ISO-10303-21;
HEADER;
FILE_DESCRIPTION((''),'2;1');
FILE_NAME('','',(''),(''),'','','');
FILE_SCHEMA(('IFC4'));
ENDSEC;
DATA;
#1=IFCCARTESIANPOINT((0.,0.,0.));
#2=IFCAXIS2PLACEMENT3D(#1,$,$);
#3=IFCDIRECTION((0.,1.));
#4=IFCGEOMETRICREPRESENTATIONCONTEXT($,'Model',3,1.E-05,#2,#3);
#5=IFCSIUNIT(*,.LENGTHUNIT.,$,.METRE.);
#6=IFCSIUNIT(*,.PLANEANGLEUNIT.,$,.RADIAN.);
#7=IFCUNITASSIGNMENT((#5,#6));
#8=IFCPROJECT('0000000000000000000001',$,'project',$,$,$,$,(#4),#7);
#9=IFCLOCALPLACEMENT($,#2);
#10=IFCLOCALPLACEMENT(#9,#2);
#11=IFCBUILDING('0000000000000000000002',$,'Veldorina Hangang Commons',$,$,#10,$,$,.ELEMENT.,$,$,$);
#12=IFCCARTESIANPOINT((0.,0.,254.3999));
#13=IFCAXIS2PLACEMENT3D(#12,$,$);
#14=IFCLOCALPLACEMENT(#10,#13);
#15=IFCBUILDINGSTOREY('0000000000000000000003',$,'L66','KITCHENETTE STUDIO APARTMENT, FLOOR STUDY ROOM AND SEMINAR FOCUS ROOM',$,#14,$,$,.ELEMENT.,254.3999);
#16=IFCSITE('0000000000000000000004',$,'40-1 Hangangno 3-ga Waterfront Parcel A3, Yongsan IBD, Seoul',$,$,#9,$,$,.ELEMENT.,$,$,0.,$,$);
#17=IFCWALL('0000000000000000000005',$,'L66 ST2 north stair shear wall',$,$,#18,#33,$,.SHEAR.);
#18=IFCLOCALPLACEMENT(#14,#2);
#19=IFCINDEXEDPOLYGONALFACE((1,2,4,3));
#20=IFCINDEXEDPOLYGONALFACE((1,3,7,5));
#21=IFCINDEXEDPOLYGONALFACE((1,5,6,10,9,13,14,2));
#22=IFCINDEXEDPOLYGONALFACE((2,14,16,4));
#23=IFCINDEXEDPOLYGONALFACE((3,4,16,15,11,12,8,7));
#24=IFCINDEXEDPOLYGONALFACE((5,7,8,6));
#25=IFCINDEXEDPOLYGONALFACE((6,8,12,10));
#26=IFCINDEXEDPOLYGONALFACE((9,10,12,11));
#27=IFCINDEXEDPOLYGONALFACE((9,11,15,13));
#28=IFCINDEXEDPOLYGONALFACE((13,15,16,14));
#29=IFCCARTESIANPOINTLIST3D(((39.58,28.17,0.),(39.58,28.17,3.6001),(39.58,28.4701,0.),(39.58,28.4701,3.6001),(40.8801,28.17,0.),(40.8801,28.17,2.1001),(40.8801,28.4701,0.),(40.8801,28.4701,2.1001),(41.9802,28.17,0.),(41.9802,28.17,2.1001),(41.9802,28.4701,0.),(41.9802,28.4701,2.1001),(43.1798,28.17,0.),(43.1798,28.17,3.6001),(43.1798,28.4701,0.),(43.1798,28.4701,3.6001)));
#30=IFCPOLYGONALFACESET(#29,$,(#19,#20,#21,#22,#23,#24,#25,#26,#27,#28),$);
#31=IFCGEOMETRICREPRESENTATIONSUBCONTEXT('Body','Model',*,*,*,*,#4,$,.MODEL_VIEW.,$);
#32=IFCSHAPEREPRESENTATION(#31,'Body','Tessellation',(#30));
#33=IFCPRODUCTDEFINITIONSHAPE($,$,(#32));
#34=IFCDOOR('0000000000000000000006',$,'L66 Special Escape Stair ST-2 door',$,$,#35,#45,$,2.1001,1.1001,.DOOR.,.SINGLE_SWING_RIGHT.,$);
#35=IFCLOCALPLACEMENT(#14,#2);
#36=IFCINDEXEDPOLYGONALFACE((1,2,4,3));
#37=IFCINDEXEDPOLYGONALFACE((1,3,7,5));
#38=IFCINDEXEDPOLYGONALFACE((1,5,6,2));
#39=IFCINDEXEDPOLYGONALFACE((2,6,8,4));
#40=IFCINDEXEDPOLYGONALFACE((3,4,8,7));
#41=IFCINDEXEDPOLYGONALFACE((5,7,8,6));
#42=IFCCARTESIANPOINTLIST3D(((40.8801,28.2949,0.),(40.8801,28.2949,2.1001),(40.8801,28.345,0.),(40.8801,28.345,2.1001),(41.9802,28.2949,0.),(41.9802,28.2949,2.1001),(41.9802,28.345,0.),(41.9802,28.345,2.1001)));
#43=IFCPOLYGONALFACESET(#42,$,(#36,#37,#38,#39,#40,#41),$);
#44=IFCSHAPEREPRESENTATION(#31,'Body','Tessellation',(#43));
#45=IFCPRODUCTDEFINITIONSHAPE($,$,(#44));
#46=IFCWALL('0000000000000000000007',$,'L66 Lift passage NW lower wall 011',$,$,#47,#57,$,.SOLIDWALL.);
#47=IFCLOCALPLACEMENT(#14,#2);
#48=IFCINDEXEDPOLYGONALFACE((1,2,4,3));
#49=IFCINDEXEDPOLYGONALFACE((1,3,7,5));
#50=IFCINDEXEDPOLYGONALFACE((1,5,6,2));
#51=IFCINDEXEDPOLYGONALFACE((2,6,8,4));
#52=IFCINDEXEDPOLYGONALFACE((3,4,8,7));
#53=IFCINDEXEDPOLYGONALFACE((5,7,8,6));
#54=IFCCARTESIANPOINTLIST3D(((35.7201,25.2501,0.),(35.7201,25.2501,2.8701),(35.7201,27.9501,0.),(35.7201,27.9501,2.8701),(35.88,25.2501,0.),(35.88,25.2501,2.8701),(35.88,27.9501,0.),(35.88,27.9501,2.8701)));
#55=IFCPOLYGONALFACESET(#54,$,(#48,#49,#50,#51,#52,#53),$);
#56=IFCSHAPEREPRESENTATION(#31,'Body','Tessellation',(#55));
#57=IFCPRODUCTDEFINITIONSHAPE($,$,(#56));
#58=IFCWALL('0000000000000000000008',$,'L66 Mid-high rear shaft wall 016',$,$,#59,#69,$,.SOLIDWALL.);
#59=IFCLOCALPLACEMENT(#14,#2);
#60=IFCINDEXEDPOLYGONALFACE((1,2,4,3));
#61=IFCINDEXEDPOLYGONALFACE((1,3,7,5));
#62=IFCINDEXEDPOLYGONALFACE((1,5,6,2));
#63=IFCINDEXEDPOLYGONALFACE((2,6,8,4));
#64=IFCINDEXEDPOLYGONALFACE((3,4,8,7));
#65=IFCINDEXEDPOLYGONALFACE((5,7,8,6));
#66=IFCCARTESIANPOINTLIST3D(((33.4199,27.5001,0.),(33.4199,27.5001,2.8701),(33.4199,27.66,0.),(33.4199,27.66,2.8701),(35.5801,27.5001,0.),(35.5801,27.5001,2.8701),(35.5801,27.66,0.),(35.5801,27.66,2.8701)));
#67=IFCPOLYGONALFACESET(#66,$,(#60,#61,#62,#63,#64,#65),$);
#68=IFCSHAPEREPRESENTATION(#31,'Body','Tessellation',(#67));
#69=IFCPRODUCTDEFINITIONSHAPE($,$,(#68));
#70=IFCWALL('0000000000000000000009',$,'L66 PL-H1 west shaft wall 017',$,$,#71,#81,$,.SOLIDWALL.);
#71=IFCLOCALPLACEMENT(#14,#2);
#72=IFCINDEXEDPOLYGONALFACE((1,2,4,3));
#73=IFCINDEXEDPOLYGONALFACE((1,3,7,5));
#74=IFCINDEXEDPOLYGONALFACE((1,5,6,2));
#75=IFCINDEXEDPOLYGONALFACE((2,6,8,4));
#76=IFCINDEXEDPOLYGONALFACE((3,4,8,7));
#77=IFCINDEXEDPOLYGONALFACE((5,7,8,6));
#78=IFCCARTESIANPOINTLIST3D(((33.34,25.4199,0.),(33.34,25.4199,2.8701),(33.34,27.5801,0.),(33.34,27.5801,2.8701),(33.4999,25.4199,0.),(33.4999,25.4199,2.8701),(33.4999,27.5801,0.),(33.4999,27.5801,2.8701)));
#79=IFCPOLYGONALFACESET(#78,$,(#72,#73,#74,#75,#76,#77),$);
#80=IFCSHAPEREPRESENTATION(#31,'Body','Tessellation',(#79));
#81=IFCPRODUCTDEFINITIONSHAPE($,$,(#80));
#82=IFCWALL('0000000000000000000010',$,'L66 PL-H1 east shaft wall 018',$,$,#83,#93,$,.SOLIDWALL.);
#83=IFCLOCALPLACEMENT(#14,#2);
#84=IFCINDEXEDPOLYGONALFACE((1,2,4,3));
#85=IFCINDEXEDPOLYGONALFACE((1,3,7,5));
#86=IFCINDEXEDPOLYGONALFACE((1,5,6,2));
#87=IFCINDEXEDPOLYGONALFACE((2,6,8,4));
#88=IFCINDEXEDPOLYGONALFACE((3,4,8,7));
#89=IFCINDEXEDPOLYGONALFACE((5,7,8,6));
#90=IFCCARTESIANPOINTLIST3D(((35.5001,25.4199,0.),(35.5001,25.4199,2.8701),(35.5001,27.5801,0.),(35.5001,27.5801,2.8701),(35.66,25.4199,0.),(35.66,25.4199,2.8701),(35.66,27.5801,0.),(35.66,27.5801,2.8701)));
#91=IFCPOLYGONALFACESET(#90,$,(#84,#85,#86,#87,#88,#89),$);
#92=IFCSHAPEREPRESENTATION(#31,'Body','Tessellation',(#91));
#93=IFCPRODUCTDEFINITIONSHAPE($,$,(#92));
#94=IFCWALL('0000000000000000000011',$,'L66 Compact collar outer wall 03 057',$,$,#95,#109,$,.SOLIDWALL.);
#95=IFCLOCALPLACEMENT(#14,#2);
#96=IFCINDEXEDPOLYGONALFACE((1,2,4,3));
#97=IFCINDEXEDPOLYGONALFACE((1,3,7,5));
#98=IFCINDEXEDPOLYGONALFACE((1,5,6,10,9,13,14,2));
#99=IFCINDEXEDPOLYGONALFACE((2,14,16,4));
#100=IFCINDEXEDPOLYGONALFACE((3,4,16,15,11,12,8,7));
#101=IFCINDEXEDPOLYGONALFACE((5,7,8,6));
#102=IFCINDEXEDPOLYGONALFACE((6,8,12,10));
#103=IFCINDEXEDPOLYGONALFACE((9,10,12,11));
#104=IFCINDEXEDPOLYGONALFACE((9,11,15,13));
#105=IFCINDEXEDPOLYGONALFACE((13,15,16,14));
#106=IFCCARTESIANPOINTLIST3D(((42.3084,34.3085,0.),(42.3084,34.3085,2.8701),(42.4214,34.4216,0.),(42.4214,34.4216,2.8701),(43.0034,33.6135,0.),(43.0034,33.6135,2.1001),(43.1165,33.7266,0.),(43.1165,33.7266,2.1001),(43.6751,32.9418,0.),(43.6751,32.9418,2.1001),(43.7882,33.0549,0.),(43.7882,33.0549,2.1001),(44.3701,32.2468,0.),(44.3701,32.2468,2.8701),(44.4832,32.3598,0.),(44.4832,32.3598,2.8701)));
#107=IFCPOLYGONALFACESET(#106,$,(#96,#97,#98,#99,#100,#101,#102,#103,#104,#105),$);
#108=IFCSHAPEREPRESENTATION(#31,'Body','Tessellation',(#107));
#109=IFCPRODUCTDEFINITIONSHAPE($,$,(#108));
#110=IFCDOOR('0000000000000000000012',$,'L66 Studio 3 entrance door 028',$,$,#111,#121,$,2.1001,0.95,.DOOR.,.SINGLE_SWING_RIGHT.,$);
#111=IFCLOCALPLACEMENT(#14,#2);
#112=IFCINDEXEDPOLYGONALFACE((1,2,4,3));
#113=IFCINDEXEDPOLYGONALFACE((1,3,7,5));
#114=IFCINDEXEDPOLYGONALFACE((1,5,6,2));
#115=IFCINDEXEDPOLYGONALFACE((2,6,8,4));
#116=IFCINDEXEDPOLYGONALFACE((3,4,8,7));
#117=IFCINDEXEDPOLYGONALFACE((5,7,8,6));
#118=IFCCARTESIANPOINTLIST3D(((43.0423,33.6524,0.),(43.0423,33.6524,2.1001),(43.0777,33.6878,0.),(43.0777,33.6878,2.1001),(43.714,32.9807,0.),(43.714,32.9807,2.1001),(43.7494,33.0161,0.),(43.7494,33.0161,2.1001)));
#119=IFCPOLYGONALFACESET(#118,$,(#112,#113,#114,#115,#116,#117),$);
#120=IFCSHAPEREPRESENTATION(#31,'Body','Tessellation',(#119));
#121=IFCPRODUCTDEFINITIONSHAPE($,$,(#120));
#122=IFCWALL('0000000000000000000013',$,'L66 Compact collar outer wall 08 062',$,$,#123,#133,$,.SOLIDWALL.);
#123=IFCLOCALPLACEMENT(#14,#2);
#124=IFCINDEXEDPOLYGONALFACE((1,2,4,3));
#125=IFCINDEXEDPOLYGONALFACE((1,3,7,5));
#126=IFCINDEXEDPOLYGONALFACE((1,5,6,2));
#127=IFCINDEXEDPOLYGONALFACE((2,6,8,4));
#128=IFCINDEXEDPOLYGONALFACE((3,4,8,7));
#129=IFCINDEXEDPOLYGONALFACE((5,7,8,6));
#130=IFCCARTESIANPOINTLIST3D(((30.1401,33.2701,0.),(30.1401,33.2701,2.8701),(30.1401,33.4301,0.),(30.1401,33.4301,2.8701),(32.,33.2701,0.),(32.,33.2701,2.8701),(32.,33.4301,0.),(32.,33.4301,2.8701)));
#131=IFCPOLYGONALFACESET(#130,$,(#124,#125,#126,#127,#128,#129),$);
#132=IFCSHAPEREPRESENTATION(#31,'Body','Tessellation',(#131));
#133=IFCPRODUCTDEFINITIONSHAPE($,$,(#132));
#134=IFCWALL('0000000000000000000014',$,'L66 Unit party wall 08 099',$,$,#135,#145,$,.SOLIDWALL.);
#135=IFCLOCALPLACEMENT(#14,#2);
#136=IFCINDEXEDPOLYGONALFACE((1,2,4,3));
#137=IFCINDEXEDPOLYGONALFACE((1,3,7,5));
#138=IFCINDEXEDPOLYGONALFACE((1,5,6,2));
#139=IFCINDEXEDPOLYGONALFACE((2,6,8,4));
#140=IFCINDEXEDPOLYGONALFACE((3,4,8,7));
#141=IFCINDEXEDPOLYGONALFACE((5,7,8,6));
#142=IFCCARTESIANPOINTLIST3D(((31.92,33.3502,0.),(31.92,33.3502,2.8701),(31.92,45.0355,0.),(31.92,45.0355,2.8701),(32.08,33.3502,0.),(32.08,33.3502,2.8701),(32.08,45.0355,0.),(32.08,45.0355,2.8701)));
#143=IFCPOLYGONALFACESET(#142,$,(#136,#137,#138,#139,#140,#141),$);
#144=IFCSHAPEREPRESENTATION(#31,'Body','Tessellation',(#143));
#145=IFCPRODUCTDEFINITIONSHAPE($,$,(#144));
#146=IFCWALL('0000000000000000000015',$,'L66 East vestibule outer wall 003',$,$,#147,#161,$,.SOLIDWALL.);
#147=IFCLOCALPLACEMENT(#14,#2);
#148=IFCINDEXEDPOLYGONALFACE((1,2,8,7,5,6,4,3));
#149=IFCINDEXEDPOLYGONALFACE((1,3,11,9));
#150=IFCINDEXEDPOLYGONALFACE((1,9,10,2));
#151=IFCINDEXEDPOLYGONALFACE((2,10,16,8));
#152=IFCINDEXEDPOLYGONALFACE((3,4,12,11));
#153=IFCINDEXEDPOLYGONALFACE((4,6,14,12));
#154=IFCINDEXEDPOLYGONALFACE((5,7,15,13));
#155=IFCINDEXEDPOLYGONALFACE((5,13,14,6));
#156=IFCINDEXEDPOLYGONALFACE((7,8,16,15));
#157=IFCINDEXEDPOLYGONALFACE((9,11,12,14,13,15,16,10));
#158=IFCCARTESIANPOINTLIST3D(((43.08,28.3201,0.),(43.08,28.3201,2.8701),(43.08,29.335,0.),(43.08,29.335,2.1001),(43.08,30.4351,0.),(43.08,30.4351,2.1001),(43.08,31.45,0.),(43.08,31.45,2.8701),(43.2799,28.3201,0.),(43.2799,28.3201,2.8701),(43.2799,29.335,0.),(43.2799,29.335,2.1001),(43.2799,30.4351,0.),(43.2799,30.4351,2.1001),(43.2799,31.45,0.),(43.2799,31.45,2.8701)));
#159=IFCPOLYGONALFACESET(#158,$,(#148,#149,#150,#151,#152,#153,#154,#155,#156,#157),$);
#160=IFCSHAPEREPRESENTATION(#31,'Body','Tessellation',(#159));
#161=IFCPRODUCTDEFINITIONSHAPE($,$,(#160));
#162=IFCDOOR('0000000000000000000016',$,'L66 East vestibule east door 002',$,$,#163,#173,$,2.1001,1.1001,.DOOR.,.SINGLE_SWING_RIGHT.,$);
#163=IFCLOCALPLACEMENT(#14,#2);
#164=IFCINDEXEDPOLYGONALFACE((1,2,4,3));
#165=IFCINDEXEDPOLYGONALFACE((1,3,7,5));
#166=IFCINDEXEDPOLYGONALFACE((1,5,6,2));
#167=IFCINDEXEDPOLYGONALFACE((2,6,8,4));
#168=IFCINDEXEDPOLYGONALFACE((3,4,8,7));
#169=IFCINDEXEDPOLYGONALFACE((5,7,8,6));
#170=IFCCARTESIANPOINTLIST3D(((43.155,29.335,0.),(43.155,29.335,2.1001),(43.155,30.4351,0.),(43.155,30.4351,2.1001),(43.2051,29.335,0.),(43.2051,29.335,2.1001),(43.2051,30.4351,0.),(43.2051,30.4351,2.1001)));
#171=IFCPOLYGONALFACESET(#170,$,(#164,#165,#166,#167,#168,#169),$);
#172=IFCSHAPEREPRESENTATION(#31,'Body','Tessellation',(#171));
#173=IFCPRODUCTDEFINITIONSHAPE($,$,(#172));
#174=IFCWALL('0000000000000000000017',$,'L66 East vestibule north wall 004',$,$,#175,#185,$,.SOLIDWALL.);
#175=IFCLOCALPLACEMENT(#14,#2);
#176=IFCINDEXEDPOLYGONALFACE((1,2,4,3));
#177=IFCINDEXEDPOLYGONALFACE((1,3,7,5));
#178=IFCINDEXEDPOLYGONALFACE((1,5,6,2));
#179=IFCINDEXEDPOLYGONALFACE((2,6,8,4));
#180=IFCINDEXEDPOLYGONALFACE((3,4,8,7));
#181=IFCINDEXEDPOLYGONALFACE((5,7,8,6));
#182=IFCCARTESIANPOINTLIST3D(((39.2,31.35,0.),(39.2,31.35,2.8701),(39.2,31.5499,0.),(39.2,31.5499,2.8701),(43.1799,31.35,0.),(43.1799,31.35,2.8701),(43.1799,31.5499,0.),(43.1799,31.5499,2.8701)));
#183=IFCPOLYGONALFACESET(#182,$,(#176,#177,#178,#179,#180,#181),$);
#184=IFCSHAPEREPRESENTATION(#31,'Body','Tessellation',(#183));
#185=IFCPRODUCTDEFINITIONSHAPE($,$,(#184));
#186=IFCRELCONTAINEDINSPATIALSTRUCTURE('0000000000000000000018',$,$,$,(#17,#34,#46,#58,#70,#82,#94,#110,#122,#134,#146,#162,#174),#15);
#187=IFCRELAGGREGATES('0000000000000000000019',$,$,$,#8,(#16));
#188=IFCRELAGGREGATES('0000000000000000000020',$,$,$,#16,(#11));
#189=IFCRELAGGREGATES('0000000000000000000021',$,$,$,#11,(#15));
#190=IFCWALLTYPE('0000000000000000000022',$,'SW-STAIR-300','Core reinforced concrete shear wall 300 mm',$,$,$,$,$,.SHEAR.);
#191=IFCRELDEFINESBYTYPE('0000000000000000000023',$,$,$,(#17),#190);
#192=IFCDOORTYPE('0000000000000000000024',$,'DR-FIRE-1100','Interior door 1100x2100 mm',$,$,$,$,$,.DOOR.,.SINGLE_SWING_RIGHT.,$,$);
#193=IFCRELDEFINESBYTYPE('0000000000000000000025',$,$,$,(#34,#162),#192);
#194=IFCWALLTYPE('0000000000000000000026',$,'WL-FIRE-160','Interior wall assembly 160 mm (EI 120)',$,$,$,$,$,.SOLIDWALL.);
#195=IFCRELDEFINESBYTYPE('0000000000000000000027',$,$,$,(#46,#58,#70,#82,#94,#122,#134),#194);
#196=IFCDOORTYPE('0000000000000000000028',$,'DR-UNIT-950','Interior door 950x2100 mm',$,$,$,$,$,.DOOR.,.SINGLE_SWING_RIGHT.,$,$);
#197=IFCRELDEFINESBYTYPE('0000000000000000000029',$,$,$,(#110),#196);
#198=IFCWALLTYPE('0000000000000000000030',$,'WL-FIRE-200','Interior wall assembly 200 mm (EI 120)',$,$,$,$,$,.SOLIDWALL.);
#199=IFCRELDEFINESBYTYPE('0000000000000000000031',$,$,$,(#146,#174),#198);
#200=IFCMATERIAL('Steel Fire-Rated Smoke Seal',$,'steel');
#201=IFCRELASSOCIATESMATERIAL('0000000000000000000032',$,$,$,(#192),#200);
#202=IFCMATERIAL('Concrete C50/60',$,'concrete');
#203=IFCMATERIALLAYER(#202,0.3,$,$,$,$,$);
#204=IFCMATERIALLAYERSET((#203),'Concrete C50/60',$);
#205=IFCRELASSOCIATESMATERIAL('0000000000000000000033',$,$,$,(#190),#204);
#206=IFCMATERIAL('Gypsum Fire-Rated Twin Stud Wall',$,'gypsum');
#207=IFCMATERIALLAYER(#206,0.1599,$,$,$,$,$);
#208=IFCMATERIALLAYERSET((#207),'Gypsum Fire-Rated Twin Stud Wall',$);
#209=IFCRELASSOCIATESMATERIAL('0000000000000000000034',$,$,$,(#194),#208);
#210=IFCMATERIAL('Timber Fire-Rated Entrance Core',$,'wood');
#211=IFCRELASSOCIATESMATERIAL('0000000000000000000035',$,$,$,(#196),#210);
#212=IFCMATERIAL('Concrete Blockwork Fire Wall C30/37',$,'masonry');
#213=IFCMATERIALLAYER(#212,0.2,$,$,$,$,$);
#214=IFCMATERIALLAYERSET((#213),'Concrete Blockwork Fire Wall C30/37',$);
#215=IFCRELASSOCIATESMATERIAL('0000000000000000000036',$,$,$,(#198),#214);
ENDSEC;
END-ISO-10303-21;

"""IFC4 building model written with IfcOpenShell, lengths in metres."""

from ifc_helpers import new_model, si_unit, direction, frame, frame_2d, origin, place, context, subcontext, project, spatial, rectangle, extrude, material, layer, layer_set, type_object, element, fill, save


model = new_model("IFC4")

# Units and contexts
model_context = context("Model", 3, precision=1e-05, world=origin(), true_north=direction((0.0, 1.0)))
body_context = subcontext(model_context, "Body", "Model", "MODEL_VIEW")
ifc_project = project(units=[si_unit("LENGTHUNIT", "METRE"), si_unit("PLANEANGLEUNIT", "RADIAN")], contexts=[model_context])

# Site, building, storey
site_placement = place(None, origin())
site = spatial("IfcSite", under=ifc_project, at=site_placement, Name="40-1 Hangangno 3-ga Waterfront Parcel A3, Yongsan IBD, Seoul", CompositionType="ELEMENT", RefElevation=0.0)
building_placement = place(site_placement, origin())
building = spatial("IfcBuilding", under=site, at=building_placement, Name="Veldorina Hangang Commons", CompositionType="ELEMENT")
storey_placement = place(building_placement, frame((0.0, 0.0, 254.3999)))
storey = spatial("IfcBuildingStorey", under=building, at=storey_placement, Name="L66", Description="KITCHENETTE STUDIO APARTMENT, FLOOR STUDY ROOM AND SEMINAR FOCUS ROOM", CompositionType="ELEMENT", Elevation=254.3999)

# Shared definitions
ifc_material_1 = material(Name="Concrete C50/60", Category="concrete")

# Wall, opening, door
ifc_material_2 = material(Name="Steel Fire-Rated Smoke Seal", Category="steel")
door_type_1 = type_object("IfcDoorType", Name="DR-FIRE-1100", Description="Interior door 1100x2100 mm", OperationType="SINGLE_SWING_RIGHT", PredefinedType="DOOR", material=ifc_material_2)
ifc_layer_1 = layer(ifc_material_1, 0.3)
ifc_layer_set_1 = layer_set([ifc_layer_1], Name="Concrete C50/60")
wall_type_1 = type_object("IfcWallType", Name="SW-STAIR-300", Description="Core reinforced concrete shear wall 300 mm", PredefinedType="SHEAR", material=ifc_layer_set_1)
wall_1_placement = place(storey_placement, frame((39.5801, 28.3201, 0.0), z_axis=(0.0, 0.0, 1.0), x_axis=(1.0, 0.0, 0.0)))
wall_1 = element("IfcWall", 1, at=wall_1_placement, inside=storey, type_object=wall_type_1, Name="L66 ST2 north stair shear wall", PredefinedType="SHEAR", context=body_context, shape_type="SweptSolid", body=[
    extrude(rectangle(XDim=3.5999, YDim=0.3, at=frame_2d((1.7998, 0.0))), origin(), (0.0, 0.0, 1.0), 3.6001),
])
opening_1_placement = place(wall_1_placement, frame((1.3, 0.0, 0.0)))
opening_1 = element("IfcOpeningElement", 2, at=opening_1_placement, cuts=wall_1, PredefinedType="OPENING", context=body_context, shape_type="SweptSolid", body=[
    extrude(rectangle(XDim=1.1001, YDim=2.1001, at=frame_2d((0.55, 1.05))), frame((0.0, 0.1602, 0.0), z_axis=(0.0, -1.0, 0.0), x_axis=(1.0, 0.0, 0.0)), (0.0, 0.0, 1.0), 0.3201),
])
door_1_placement = place(opening_1_placement, origin())
door_1 = element("IfcDoor", 3, at=door_1_placement, inside=storey, type_object=door_type_1, Name="L66 Special Escape Stair ST-2 door", OperationType="SINGLE_SWING_RIGHT", OverallHeight=2.1001, OverallWidth=1.1001, PredefinedType="DOOR", context=body_context, shape_type="SweptSolid", body=[
    extrude(rectangle(XDim=1.1001, YDim=2.1001, at=frame_2d((0.55, 1.05))), frame((0.0, 0.0249, 0.0), z_axis=(0.0, -1.0, 0.0), x_axis=(1.0, 0.0, 0.0)), (0.0, 0.0, 1.0), 0.05),
])
fill(opening_1, door_1)

# Wall
ifc_material_3 = material(Name="Gypsum Fire-Rated Twin Stud Wall", Category="gypsum")
ifc_layer_2 = layer(ifc_material_3, 0.1599)
ifc_layer_set_2 = layer_set([ifc_layer_2], Name="Gypsum Fire-Rated Twin Stud Wall")
wall_type_2 = type_object("IfcWallType", Name="WL-FIRE-160", Description="Interior wall assembly 160 mm (EI 120)", PredefinedType="SOLIDWALL", material=ifc_layer_set_2)
wall_2_placement = place(storey_placement, frame((35.8, 25.25, 0.0), z_axis=(0.0, 0.0, 1.0), x_axis=(0.0, 1.0, 0.0)))
element("IfcWall", 4, at=wall_2_placement, inside=storey, type_object=wall_type_2, Name="L66 Lift passage NW lower wall 011", PredefinedType="SOLIDWALL", context=body_context, shape_type="SweptSolid", body=[
    extrude(rectangle(XDim=2.7, YDim=0.1599, at=frame_2d((1.3501, 0.0))), origin(), (0.0, 0.0, 1.0), 2.8701),
])

# Walls
for number, where, z_axis, x_axis, name in (
    (5, (33.4199, 27.5801, 0.0), (0.0, 0.0, 1.0), (1.0, 0.0, 0.0), "L66 Mid-high rear shaft wall 016"),
    (6, (33.4199, 25.4199, 0.0), (0.0, 0.0, 1.0), (0.0, 1.0, 0.0), "L66 PL-H1 west shaft wall 017"),
    (7, (35.5801, 25.4199, 0.0), (0.0, 0.0, 1.0), (0.0, 1.0, 0.0), "L66 PL-H1 east shaft wall 018"),
):
    element("IfcWall", number, at=place(storey_placement, frame(where, z_axis=z_axis, x_axis=x_axis)), inside=storey, type_object=wall_type_2, Name=name, PredefinedType="SOLIDWALL", context=body_context, shape_type="SweptSolid", body=[
        extrude(rectangle(XDim=2.1602, YDim=0.1599, at=frame_2d((1.0801, 0.0))), origin(), (0.0, 0.0, 1.0), 2.8701),
    ])

# Wall, opening, door
wall_3_placement = place(storey_placement, frame((44.4268, 32.3032, 0.0), z_axis=(0.0, 0.0, 1.0), x_axis=(-0.707107, 0.707107, 0.0)))
wall_3 = element("IfcWall", 8, at=wall_3_placement, inside=storey, type_object=wall_type_2, Name="L66 Compact collar outer wall 03 057", PredefinedType="SOLIDWALL", context=body_context, shape_type="SweptSolid", body=[
    extrude(rectangle(XDim=2.9158, YDim=0.1599, at=frame_2d((1.458, 0.0))), origin(), (0.0, 0.0, 1.0), 2.8701),
])
opening_2_placement = place(wall_3_placement, frame((0.9829, 0.0, 0.0)))
opening_2 = element("IfcOpeningElement", 9, at=opening_2_placement, cuts=wall_3, PredefinedType="OPENING", context=body_context, shape_type="SweptSolid", body=[
    extrude(rectangle(XDim=0.95, YDim=2.1001, at=frame_2d((0.4751, 1.05))), frame((0.0, 0.0898, 0.0), z_axis=(0.0, -1.0, 0.0), x_axis=(1.0, 0.0, 0.0)), (0.0, 0.0, 1.0), 0.1799),
])
ifc_material_4 = material(Name="Timber Fire-Rated Entrance Core", Category="wood")
door_type_2 = type_object("IfcDoorType", Name="DR-UNIT-950", Description="Interior door 950x2100 mm", OperationType="SINGLE_SWING_RIGHT", PredefinedType="DOOR", material=ifc_material_4)
door_2_placement = place(opening_2_placement, origin())
door_2 = element("IfcDoor", 10, at=door_2_placement, inside=storey, type_object=door_type_2, Name="L66 Studio 3 entrance door 028", OperationType="SINGLE_SWING_RIGHT", OverallHeight=2.1001, OverallWidth=0.95, PredefinedType="DOOR", context=body_context, shape_type="SweptSolid", body=[
    extrude(rectangle(XDim=0.95, YDim=2.1001, at=frame_2d((0.4751, 1.05))), frame((0.0, 0.0249, 0.0), z_axis=(0.0, -1.0, 0.0), x_axis=(1.0, 0.0, 0.0)), (0.0, 0.0, 1.0), 0.05),
])
fill(opening_2, door_2)

# Walls
wall_4_placement = place(storey_placement, frame((32.0, 33.3501, 0.0), z_axis=(0.0, 0.0, 1.0), x_axis=(-1.0, 0.0, 0.0)))
element("IfcWall", 11, at=wall_4_placement, inside=storey, type_object=wall_type_2, Name="L66 Compact collar outer wall 08 062", PredefinedType="SOLIDWALL", context=body_context, shape_type="SweptSolid", body=[
    extrude(rectangle(XDim=1.8599, YDim=0.1599, at=frame_2d((0.9299, 0.0))), origin(), (0.0, 0.0, 1.0), 2.8701),
])
wall_5_placement = place(storey_placement, frame((32.0, 33.3501, 0.0), z_axis=(0.0, 0.0, 1.0), x_axis=(0.0, 1.0, 0.0)))
element("IfcWall", 12, at=wall_5_placement, inside=storey, type_object=wall_type_2, Name="L66 Unit party wall 08 099", PredefinedType="SOLIDWALL", context=body_context, shape_type="SweptSolid", body=[
    extrude(rectangle(XDim=11.6853, YDim=0.1599, at=frame_2d((5.8428, 0.0))), origin(), (0.0, 0.0, 1.0), 2.8701),
])

# Wall, opening, door
ifc_material_5 = material(Name="Concrete Blockwork Fire Wall C30/37", Category="masonry")
ifc_layer_3 = layer(ifc_material_5, 0.2)
ifc_layer_set_3 = layer_set([ifc_layer_3], Name="Concrete Blockwork Fire Wall C30/37")
wall_type_3 = type_object("IfcWallType", Name="WL-FIRE-200", Description="Interior wall assembly 200 mm (EI 120)", PredefinedType="SOLIDWALL", material=ifc_layer_set_3)
wall_6_placement = place(storey_placement, frame((43.1799, 28.3201, 0.0), z_axis=(0.0, 0.0, 1.0), x_axis=(0.0, 1.0, 0.0)))
wall_6 = element("IfcWall", 13, at=wall_6_placement, inside=storey, type_object=wall_type_3, Name="L66 East vestibule outer wall 003", PredefinedType="SOLIDWALL", context=body_context, shape_type="SweptSolid", body=[
    extrude(rectangle(XDim=3.1299, YDim=0.2, at=frame_2d((1.5649, 0.0))), origin(), (0.0, 0.0, 1.0), 2.8701),
])
opening_3_placement = place(wall_6_placement, frame((1.0149, 0.0, 0.0)))
opening_3 = element("IfcOpeningElement", 14, at=opening_3_placement, cuts=wall_6, PredefinedType="OPENING", context=body_context, shape_type="SweptSolid", body=[
    extrude(rectangle(XDim=1.1001, YDim=2.1001, at=frame_2d((0.55, 1.05))), frame((0.0, 0.1099, 0.0), z_axis=(0.0, -1.0, 0.0), x_axis=(1.0, 0.0, 0.0)), (0.0, 0.0, 1.0), 0.22),
])
door_3_placement = place(opening_3_placement, origin())
door_3 = element("IfcDoor", 15, at=door_3_placement, inside=storey, type_object=door_type_1, Name="L66 East vestibule east door 002", OperationType="SINGLE_SWING_RIGHT", OverallHeight=2.1001, OverallWidth=1.1001, PredefinedType="DOOR", context=body_context, shape_type="SweptSolid", body=[
    extrude(rectangle(XDim=1.1001, YDim=2.1001, at=frame_2d((0.55, 1.05))), frame((0.0, 0.0249, 0.0), z_axis=(0.0, -1.0, 0.0), x_axis=(1.0, 0.0, 0.0)), (0.0, 0.0, 1.0), 0.05),
])
fill(opening_3, door_3)

# Wall
wall_7_placement = place(storey_placement, frame((39.2, 31.45, 0.0), z_axis=(0.0, 0.0, 1.0), x_axis=(1.0, 0.0, 0.0)))
element("IfcWall", 16, at=wall_7_placement, inside=storey, type_object=wall_type_3, Name="L66 East vestibule north wall 004", PredefinedType="SOLIDWALL", context=body_context, shape_type="SweptSolid", body=[
    extrude(rectangle(XDim=3.98, YDim=0.2, at=frame_2d((1.99, 0.0))), origin(), (0.0, 0.0, 1.0), 2.8701),
])

save(model, "model.ifc")
